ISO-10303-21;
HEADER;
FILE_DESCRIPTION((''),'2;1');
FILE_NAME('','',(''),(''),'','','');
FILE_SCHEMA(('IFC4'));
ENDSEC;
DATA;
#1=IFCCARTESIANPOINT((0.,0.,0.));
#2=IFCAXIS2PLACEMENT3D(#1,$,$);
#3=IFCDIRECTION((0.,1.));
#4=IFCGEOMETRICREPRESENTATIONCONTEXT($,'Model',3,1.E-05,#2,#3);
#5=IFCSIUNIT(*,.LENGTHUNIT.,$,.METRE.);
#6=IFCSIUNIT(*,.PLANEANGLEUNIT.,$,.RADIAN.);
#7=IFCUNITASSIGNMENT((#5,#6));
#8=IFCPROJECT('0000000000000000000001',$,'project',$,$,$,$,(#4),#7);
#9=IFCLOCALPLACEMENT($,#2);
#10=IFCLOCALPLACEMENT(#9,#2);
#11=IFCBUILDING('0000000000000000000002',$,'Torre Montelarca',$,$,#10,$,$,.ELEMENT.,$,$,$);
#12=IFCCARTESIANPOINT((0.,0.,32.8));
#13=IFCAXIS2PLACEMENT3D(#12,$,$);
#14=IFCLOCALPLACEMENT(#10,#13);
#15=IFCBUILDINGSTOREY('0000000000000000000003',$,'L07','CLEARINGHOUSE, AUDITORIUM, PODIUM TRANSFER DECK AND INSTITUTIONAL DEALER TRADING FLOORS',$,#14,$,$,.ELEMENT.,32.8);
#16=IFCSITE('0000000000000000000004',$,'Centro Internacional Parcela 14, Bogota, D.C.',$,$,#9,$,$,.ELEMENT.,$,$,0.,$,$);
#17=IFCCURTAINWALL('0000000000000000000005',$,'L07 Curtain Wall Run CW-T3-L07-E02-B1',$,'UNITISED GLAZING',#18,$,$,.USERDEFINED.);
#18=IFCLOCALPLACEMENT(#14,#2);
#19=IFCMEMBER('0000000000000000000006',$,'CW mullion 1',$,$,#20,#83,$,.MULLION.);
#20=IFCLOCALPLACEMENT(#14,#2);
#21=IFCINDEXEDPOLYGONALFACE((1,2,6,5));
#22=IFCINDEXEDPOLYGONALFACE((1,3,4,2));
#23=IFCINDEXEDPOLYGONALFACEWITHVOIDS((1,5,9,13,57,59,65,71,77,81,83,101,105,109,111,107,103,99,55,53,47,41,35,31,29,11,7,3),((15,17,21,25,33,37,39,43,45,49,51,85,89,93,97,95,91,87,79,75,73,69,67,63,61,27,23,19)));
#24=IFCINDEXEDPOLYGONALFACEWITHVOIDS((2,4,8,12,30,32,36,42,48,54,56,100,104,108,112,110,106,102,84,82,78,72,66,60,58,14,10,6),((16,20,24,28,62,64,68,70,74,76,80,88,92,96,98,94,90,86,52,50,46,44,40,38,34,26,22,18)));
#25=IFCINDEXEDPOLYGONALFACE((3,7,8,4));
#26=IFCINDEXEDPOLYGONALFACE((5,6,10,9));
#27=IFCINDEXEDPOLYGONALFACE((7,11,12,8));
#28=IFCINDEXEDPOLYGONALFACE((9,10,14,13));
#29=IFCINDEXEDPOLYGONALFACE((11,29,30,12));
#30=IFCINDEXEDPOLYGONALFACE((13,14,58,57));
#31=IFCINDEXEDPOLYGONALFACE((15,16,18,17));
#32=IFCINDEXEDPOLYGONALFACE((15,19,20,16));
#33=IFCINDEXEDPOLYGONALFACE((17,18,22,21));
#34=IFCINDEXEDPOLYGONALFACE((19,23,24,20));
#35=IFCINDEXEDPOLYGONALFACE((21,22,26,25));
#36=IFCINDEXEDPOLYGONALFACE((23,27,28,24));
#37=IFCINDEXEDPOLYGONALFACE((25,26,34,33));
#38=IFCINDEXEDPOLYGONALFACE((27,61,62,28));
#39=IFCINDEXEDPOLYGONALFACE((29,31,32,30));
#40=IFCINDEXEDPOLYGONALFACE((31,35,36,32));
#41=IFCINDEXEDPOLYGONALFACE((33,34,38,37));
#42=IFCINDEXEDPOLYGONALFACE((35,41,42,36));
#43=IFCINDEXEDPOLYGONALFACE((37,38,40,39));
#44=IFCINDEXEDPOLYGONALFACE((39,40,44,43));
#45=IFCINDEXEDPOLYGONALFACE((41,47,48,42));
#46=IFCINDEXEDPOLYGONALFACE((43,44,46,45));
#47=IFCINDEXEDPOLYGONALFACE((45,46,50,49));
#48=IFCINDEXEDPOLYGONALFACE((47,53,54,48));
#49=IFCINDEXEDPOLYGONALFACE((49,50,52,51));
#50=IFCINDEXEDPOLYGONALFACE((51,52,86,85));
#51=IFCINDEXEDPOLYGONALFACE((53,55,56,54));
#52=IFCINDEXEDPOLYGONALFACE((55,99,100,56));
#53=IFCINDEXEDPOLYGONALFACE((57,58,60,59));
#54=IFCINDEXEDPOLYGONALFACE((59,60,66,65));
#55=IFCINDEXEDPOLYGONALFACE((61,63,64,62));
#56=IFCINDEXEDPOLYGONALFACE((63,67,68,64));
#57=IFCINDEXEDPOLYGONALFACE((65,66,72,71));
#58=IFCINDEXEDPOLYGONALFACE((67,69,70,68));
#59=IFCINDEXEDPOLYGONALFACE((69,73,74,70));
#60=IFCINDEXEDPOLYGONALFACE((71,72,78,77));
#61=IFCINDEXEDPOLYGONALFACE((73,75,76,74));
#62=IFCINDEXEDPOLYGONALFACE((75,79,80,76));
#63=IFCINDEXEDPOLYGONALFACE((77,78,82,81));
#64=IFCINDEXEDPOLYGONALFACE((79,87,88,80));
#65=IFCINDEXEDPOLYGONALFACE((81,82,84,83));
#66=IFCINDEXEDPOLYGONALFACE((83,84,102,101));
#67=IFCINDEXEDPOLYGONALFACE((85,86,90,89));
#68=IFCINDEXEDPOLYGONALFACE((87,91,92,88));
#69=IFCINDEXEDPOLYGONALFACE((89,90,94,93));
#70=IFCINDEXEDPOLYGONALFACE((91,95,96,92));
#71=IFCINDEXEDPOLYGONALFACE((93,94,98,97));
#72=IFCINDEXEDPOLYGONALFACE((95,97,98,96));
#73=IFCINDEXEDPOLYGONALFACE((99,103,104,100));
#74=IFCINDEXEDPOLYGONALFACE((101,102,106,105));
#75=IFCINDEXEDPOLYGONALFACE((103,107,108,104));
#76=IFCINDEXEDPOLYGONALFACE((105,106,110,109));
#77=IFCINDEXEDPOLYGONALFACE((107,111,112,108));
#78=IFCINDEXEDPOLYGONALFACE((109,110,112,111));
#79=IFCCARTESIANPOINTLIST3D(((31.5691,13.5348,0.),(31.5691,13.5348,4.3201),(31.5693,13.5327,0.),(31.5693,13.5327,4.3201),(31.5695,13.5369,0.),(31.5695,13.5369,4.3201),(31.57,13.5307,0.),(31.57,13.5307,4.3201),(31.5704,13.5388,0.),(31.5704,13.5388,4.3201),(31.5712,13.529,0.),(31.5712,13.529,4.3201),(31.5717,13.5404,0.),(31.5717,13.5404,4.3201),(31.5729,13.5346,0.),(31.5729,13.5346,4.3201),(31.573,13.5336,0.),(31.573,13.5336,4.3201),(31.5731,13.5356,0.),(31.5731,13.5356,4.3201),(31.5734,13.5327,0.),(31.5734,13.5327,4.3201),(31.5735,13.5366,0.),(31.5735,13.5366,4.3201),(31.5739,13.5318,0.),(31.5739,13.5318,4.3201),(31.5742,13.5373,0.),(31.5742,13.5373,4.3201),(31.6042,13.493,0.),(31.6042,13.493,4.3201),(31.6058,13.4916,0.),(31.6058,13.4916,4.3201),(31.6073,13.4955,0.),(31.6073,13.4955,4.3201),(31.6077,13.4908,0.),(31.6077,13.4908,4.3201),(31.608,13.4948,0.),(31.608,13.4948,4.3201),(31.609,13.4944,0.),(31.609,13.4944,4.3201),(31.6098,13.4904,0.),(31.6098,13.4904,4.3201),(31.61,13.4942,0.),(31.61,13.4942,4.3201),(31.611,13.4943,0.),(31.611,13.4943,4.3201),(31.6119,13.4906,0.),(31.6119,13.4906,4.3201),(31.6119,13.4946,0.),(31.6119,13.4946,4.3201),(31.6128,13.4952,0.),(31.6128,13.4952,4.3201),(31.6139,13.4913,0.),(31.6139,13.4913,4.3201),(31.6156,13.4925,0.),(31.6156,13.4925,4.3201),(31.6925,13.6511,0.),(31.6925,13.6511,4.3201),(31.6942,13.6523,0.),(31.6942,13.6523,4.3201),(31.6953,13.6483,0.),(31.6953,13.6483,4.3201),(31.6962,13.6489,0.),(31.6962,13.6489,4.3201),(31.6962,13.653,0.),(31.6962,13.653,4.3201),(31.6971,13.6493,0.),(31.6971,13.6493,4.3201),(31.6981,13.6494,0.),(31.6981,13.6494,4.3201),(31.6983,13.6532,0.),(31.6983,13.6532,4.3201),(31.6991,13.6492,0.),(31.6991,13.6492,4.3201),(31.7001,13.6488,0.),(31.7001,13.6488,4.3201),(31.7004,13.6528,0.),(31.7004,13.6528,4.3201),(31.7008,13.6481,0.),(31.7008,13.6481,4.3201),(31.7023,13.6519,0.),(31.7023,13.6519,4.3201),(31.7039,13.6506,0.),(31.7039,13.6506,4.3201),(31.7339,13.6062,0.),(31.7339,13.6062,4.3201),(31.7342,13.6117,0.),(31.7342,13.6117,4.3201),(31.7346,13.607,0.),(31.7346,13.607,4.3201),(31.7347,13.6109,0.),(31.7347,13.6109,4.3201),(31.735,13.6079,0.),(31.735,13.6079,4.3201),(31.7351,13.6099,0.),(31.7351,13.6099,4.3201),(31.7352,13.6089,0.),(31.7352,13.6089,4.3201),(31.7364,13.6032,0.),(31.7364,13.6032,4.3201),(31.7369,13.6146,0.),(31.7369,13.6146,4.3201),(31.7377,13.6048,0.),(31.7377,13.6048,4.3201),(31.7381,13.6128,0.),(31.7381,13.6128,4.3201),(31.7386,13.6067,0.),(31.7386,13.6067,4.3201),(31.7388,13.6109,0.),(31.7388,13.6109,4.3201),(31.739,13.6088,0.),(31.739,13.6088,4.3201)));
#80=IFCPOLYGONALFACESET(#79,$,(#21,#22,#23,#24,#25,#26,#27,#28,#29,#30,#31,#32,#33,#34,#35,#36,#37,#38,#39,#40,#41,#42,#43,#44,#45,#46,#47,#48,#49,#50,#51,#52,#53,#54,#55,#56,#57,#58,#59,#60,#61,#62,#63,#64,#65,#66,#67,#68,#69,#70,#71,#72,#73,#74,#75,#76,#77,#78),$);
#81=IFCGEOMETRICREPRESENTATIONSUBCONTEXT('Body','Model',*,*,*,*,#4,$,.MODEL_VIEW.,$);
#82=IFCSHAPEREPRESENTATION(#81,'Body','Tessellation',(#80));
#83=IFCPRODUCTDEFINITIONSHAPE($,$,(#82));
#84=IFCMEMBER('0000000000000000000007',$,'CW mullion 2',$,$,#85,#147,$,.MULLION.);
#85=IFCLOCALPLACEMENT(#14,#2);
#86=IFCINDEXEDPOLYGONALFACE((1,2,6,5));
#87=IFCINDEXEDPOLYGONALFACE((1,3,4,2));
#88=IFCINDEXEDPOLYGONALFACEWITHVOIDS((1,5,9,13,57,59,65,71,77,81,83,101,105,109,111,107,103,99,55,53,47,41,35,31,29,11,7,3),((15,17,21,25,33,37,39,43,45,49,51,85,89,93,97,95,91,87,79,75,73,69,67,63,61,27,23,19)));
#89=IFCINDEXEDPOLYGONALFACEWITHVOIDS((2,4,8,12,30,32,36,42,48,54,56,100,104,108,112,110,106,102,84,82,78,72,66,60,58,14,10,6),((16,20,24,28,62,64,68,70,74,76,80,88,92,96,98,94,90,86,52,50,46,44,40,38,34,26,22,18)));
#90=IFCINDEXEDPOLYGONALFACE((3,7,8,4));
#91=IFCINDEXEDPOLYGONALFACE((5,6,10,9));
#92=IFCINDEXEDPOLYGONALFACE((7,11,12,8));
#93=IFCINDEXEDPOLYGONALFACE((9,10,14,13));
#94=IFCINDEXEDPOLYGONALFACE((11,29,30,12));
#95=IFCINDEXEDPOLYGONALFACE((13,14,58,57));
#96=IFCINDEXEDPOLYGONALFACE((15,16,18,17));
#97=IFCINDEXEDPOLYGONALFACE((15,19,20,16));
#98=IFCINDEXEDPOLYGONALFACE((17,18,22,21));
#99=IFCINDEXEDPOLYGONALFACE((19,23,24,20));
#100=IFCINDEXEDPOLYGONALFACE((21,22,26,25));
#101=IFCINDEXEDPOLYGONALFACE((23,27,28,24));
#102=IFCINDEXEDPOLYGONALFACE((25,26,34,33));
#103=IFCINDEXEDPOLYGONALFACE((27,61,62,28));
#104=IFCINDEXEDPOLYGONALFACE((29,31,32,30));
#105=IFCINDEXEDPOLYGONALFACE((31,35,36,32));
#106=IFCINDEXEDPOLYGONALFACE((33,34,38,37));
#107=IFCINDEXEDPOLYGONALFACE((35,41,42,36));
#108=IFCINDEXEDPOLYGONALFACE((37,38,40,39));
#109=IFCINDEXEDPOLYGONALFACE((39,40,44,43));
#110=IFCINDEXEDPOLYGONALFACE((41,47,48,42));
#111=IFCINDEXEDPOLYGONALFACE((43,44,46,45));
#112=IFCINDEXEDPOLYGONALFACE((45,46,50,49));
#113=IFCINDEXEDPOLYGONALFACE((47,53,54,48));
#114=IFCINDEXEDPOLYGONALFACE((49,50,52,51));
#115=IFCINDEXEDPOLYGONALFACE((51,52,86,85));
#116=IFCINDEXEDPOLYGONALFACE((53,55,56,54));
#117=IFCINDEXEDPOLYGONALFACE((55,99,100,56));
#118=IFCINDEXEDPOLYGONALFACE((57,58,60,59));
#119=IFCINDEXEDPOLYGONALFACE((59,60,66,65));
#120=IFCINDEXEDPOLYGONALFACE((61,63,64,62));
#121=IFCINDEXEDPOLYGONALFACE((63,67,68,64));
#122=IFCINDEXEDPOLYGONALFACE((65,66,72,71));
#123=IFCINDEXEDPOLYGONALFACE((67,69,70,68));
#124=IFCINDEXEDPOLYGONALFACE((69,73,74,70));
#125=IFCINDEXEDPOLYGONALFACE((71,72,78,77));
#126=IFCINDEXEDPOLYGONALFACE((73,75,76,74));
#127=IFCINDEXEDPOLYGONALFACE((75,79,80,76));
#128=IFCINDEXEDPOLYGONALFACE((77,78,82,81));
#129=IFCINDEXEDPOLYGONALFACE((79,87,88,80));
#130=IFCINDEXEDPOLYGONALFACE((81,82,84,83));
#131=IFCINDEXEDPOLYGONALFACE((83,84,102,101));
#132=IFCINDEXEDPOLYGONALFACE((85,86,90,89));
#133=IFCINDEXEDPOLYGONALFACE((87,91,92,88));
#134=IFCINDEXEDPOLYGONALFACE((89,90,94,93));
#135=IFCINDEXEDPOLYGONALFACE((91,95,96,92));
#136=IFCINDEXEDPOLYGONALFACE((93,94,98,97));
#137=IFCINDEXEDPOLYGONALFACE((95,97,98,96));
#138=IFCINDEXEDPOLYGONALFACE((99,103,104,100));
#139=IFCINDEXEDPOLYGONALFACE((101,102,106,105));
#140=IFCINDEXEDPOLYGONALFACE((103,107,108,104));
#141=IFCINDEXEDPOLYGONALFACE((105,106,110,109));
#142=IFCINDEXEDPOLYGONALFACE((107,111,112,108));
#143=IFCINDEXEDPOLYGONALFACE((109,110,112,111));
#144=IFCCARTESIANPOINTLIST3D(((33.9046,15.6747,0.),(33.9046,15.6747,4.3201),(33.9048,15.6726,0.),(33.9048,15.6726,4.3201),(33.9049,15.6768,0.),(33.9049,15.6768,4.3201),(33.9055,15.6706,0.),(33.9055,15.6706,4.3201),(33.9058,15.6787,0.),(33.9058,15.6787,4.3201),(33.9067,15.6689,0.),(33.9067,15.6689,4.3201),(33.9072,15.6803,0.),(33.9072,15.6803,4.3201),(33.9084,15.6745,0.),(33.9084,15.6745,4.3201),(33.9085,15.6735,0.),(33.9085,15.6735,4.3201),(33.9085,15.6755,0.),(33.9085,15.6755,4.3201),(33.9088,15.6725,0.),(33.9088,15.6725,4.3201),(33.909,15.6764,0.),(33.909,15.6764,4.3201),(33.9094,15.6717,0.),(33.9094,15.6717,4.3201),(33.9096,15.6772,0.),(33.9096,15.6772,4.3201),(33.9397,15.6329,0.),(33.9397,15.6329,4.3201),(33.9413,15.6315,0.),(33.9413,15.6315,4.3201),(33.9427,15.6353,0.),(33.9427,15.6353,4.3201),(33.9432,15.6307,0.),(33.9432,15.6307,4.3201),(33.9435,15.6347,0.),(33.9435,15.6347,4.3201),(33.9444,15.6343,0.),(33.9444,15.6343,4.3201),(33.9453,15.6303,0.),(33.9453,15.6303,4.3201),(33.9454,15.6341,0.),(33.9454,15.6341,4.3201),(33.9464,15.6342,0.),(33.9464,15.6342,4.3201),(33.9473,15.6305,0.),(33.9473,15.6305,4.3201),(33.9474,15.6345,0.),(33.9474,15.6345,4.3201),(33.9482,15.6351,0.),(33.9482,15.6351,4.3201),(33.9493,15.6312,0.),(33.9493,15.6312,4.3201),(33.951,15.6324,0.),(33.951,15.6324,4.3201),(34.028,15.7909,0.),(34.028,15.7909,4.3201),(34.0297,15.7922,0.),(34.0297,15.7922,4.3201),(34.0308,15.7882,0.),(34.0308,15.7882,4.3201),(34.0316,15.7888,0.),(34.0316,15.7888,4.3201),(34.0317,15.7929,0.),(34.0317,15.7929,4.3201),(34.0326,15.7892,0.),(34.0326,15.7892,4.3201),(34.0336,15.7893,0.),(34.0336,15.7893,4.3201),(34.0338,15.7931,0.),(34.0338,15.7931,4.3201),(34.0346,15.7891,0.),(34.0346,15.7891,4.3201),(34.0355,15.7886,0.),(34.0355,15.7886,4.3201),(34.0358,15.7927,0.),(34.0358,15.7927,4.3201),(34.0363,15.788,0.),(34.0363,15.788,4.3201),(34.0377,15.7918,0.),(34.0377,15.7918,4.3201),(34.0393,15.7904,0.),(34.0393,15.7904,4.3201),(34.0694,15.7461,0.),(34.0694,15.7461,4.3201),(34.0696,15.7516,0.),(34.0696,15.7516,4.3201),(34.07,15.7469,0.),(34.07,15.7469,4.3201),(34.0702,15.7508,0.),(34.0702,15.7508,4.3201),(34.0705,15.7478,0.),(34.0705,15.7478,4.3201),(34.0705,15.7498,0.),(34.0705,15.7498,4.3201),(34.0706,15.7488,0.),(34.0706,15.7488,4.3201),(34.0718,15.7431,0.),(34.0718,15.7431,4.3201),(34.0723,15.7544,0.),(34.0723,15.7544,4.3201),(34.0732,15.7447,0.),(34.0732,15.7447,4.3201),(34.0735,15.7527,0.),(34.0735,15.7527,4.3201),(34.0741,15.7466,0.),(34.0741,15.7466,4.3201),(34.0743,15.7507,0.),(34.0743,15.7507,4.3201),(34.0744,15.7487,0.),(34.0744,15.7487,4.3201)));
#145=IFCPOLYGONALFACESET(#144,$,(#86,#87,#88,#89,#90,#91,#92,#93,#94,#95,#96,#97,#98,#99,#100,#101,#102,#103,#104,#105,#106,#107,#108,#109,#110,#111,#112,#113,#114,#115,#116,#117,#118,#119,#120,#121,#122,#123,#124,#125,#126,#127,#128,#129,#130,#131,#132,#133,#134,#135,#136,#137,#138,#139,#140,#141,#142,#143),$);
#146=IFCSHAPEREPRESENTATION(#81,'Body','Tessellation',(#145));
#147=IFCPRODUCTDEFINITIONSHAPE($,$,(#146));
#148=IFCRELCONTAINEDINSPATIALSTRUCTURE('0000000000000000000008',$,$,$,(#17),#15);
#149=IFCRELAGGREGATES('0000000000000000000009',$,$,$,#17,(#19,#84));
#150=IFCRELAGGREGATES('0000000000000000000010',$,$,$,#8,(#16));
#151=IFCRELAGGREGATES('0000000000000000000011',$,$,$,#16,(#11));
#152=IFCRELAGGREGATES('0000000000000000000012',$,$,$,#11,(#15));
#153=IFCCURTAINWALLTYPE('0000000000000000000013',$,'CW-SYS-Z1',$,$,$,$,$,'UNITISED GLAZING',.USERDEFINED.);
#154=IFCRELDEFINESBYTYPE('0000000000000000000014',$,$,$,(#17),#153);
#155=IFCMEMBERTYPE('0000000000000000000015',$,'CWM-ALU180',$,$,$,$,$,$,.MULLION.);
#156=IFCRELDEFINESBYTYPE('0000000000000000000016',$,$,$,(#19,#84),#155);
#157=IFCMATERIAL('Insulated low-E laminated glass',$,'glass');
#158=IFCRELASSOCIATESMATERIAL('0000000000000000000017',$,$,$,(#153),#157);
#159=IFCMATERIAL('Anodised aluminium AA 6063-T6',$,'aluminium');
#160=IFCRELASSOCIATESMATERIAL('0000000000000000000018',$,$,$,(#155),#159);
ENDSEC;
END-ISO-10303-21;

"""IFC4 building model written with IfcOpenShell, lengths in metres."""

from ifc_helpers import new_model, si_unit, direction, frame, origin, origin_2d, place, context, subcontext, project, spatial, hollow_rectangle, extrude, source, transform, mapped, material, material_profile, profile_set, type_object, element, aggregate, save


model = new_model("IFC4")

# Units and contexts
model_context = context("Model", 3, precision=1e-05, world=origin(), true_north=direction((0.0, 1.0)))
body_context = subcontext(model_context, "Body", "Model", "MODEL_VIEW")
ifc_project = project(units=[si_unit("LENGTHUNIT", "METRE"), si_unit("PLANEANGLEUNIT", "RADIAN")], contexts=[model_context])

# Site, building, storey
site_placement = place(None, origin())
site = spatial("IfcSite", under=ifc_project, at=site_placement, Name="Centro Internacional Parcela 14, Bogota, D.C.", CompositionType="ELEMENT", RefElevation=0.0)
building_placement = place(site_placement, origin())
building = spatial("IfcBuilding", under=site, at=building_placement, Name="Torre Montelarca", CompositionType="ELEMENT")
storey_placement = place(building_placement, frame((0.0, 0.0, 32.8)))
storey = spatial("IfcBuildingStorey", under=building, at=storey_placement, Name="L07", Description="CLEARINGHOUSE, AUDITORIUM, PODIUM TRANSFER DECK AND INSTITUTIONAL DEALER TRADING FLOORS", CompositionType="ELEMENT", Elevation=32.8)

# Curtain wall, members
ifc_material_1 = material(Name="Insulated low-E laminated glass", Category="glass")
curtain_wall_type = type_object("IfcCurtainWallType", Name="CW-SYS-Z1", ElementType="UNITISED GLAZING", PredefinedType="USERDEFINED", material=ifc_material_1)
ifc_material_2 = material(Name="Anodised aluminium AA 6063-T6", Category="aluminium")
ifc_material_profile_1 = material_profile(ifc_material_2, hollow_rectangle(XDim=0.0649, YDim=0.1799, WallThickness=0.0039, InnerFilletRadius=0.0039, OuterFilletRadius=0.0081, at=origin_2d()), Name="ALU65X180X4", Category="aluminium")
ifc_profile_set_1 = profile_set([ifc_material_profile_1], Name="Anodised aluminium AA 6063-T6")
member_type_1 = type_object("IfcMemberType", Name="CWM-ALU180", PredefinedType="MULLION", material=ifc_profile_set_1)
shared_shape_1 = source(origin(), body_context, "Body", "SweptSolid", [
    extrude(hollow_rectangle(XDim=0.0649, YDim=0.1799, WallThickness=0.0039, InnerFilletRadius=0.0039, OuterFilletRadius=0.0081, at=origin_2d()), origin(), (0.0, 0.0, 1.0), 4.3201),
])
curtain_wall_1_placement = place(storey_placement, origin())
curtain_wall_1 = element("IfcCurtainWall", 1, at=curtain_wall_1_placement, inside=storey, type_object=curtain_wall_type, Name="L07 Curtain Wall Run CW-T3-L07-E02-B1", ObjectType="UNITISED GLAZING", PredefinedType="USERDEFINED")
member_1_placement = place(storey_placement, frame((31.6541, 13.5718, 0.0), z_axis=(0.0, 0.0, 1.0), x_axis=(-0.675575, 0.737292, 0.0)))
member_1 = element("IfcMember", 2, at=member_1_placement, type_object=member_type_1, Name="CW mullion 1", PredefinedType="MULLION", context=body_context, shape_type="MappedRepresentation", body=[
    mapped(shared_shape_1, transform((0.0, 0.0, 0.0), scale=1.0)),
])
member_2_placement = place(storey_placement, frame((33.9895, 15.7117, 0.0), z_axis=(0.0, 0.0, 1.0), x_axis=(-0.675575, 0.737292, 0.0)))
member_2 = element("IfcMember", 3, at=member_2_placement, type_object=member_type_1, Name="CW mullion 2", PredefinedType="MULLION", context=body_context, shape_type="MappedRepresentation", body=[
    mapped(shared_shape_1, transform((0.0, 0.0, 0.0), scale=1.0)),
])

aggregate(curtain_wall_1, [member_1, member_2])

save(model, "model.ifc")
